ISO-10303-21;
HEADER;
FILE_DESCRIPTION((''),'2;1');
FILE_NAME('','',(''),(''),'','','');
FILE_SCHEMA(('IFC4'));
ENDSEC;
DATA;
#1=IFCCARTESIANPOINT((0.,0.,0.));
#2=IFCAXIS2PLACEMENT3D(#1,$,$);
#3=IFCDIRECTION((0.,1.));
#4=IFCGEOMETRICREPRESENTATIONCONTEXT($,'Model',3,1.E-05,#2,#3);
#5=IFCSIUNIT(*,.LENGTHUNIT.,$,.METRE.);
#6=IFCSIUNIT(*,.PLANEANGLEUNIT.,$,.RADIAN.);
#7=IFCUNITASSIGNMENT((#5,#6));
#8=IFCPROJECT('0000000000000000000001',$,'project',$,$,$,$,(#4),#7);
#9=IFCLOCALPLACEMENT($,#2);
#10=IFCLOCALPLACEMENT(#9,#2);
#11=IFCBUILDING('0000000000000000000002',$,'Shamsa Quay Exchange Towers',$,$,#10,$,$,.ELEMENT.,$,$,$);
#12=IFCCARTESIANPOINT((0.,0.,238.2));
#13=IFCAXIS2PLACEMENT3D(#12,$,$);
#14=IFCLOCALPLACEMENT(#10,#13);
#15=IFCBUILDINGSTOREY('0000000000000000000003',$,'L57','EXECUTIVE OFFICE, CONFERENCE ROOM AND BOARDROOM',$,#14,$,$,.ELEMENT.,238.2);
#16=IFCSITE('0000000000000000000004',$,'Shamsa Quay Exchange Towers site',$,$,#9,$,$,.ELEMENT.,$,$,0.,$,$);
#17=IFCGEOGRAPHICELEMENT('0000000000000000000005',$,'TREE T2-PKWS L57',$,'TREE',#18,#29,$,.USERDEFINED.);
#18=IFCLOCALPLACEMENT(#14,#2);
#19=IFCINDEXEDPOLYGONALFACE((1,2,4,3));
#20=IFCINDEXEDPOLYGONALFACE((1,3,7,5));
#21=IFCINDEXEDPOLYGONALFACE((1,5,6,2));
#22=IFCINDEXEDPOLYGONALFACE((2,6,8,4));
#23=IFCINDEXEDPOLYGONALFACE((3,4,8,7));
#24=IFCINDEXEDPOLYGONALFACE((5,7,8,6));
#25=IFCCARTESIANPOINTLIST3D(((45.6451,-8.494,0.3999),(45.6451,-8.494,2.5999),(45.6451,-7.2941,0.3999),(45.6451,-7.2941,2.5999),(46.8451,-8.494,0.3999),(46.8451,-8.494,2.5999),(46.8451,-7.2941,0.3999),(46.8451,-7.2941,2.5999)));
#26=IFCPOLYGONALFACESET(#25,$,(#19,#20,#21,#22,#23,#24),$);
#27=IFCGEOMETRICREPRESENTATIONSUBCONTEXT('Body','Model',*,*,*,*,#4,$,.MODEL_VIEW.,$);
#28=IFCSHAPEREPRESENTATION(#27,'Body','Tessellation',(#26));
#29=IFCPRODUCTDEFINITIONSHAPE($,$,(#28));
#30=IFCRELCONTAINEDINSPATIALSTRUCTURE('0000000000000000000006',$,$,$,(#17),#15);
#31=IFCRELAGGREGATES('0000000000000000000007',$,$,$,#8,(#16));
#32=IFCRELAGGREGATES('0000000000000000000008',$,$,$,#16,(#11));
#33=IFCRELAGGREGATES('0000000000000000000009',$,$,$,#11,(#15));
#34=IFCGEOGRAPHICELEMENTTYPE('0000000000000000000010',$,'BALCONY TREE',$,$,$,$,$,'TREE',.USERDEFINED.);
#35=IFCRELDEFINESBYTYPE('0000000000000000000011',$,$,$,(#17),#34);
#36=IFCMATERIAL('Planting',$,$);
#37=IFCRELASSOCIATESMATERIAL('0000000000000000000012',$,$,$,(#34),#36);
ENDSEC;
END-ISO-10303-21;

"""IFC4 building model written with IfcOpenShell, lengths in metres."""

from ifc_helpers import new_model, si_unit, direction, frame, origin, origin_2d, place, context, subcontext, project, spatial, rectangle, extrude, material, type_object, element, save


model = new_model("IFC4")

# Units and contexts
model_context = context("Model", 3, precision=1e-05, world=origin(), true_north=direction((0.0, 1.0)))
body_context = subcontext(model_context, "Body", "Model", "MODEL_VIEW")
ifc_project = project(units=[si_unit("LENGTHUNIT", "METRE"), si_unit("PLANEANGLEUNIT", "RADIAN")], contexts=[model_context])

# Site, building, storey
site_placement = place(None, origin())
site = spatial("IfcSite", under=ifc_project, at=site_placement, Name="Shamsa Quay Exchange Towers site", CompositionType="ELEMENT", RefElevation=0.0)
building_placement = place(site_placement, origin())
building = spatial("IfcBuilding", under=site, at=building_placement, Name="Shamsa Quay Exchange Towers", CompositionType="ELEMENT")
storey_placement = place(building_placement, frame((0.0, 0.0, 238.2)))
storey = spatial("IfcBuildingStorey", under=building, at=storey_placement, Name="L57", Description="EXECUTIVE OFFICE, CONFERENCE ROOM AND BOARDROOM", CompositionType="ELEMENT", Elevation=238.2)

# Geographic element
ifc_material_1 = material(Name="Planting")
geographic_element_type = type_object("IfcGeographicElementType", Name="BALCONY TREE", ElementType="TREE", PredefinedType="USERDEFINED", material=ifc_material_1)
geographic_element_placement = place(storey_placement, frame((46.2451, -7.894, 0.3999), z_axis=(0.0, 0.0, 1.0), x_axis=(0.0, 1.0, 0.0)))
element("IfcGeographicElement", 1, at=geographic_element_placement, inside=storey, type_object=geographic_element_type, Name="TREE T2-PKWS L57", ObjectType="TREE", PredefinedType="USERDEFINED", context=body_context, shape_type="SweptSolid", body=[
    extrude(rectangle(XDim=1.2, YDim=1.2, at=origin_2d()), origin(), (0.0, 0.0, 1.0), 2.2),
])

save(model, "model.ifc")
